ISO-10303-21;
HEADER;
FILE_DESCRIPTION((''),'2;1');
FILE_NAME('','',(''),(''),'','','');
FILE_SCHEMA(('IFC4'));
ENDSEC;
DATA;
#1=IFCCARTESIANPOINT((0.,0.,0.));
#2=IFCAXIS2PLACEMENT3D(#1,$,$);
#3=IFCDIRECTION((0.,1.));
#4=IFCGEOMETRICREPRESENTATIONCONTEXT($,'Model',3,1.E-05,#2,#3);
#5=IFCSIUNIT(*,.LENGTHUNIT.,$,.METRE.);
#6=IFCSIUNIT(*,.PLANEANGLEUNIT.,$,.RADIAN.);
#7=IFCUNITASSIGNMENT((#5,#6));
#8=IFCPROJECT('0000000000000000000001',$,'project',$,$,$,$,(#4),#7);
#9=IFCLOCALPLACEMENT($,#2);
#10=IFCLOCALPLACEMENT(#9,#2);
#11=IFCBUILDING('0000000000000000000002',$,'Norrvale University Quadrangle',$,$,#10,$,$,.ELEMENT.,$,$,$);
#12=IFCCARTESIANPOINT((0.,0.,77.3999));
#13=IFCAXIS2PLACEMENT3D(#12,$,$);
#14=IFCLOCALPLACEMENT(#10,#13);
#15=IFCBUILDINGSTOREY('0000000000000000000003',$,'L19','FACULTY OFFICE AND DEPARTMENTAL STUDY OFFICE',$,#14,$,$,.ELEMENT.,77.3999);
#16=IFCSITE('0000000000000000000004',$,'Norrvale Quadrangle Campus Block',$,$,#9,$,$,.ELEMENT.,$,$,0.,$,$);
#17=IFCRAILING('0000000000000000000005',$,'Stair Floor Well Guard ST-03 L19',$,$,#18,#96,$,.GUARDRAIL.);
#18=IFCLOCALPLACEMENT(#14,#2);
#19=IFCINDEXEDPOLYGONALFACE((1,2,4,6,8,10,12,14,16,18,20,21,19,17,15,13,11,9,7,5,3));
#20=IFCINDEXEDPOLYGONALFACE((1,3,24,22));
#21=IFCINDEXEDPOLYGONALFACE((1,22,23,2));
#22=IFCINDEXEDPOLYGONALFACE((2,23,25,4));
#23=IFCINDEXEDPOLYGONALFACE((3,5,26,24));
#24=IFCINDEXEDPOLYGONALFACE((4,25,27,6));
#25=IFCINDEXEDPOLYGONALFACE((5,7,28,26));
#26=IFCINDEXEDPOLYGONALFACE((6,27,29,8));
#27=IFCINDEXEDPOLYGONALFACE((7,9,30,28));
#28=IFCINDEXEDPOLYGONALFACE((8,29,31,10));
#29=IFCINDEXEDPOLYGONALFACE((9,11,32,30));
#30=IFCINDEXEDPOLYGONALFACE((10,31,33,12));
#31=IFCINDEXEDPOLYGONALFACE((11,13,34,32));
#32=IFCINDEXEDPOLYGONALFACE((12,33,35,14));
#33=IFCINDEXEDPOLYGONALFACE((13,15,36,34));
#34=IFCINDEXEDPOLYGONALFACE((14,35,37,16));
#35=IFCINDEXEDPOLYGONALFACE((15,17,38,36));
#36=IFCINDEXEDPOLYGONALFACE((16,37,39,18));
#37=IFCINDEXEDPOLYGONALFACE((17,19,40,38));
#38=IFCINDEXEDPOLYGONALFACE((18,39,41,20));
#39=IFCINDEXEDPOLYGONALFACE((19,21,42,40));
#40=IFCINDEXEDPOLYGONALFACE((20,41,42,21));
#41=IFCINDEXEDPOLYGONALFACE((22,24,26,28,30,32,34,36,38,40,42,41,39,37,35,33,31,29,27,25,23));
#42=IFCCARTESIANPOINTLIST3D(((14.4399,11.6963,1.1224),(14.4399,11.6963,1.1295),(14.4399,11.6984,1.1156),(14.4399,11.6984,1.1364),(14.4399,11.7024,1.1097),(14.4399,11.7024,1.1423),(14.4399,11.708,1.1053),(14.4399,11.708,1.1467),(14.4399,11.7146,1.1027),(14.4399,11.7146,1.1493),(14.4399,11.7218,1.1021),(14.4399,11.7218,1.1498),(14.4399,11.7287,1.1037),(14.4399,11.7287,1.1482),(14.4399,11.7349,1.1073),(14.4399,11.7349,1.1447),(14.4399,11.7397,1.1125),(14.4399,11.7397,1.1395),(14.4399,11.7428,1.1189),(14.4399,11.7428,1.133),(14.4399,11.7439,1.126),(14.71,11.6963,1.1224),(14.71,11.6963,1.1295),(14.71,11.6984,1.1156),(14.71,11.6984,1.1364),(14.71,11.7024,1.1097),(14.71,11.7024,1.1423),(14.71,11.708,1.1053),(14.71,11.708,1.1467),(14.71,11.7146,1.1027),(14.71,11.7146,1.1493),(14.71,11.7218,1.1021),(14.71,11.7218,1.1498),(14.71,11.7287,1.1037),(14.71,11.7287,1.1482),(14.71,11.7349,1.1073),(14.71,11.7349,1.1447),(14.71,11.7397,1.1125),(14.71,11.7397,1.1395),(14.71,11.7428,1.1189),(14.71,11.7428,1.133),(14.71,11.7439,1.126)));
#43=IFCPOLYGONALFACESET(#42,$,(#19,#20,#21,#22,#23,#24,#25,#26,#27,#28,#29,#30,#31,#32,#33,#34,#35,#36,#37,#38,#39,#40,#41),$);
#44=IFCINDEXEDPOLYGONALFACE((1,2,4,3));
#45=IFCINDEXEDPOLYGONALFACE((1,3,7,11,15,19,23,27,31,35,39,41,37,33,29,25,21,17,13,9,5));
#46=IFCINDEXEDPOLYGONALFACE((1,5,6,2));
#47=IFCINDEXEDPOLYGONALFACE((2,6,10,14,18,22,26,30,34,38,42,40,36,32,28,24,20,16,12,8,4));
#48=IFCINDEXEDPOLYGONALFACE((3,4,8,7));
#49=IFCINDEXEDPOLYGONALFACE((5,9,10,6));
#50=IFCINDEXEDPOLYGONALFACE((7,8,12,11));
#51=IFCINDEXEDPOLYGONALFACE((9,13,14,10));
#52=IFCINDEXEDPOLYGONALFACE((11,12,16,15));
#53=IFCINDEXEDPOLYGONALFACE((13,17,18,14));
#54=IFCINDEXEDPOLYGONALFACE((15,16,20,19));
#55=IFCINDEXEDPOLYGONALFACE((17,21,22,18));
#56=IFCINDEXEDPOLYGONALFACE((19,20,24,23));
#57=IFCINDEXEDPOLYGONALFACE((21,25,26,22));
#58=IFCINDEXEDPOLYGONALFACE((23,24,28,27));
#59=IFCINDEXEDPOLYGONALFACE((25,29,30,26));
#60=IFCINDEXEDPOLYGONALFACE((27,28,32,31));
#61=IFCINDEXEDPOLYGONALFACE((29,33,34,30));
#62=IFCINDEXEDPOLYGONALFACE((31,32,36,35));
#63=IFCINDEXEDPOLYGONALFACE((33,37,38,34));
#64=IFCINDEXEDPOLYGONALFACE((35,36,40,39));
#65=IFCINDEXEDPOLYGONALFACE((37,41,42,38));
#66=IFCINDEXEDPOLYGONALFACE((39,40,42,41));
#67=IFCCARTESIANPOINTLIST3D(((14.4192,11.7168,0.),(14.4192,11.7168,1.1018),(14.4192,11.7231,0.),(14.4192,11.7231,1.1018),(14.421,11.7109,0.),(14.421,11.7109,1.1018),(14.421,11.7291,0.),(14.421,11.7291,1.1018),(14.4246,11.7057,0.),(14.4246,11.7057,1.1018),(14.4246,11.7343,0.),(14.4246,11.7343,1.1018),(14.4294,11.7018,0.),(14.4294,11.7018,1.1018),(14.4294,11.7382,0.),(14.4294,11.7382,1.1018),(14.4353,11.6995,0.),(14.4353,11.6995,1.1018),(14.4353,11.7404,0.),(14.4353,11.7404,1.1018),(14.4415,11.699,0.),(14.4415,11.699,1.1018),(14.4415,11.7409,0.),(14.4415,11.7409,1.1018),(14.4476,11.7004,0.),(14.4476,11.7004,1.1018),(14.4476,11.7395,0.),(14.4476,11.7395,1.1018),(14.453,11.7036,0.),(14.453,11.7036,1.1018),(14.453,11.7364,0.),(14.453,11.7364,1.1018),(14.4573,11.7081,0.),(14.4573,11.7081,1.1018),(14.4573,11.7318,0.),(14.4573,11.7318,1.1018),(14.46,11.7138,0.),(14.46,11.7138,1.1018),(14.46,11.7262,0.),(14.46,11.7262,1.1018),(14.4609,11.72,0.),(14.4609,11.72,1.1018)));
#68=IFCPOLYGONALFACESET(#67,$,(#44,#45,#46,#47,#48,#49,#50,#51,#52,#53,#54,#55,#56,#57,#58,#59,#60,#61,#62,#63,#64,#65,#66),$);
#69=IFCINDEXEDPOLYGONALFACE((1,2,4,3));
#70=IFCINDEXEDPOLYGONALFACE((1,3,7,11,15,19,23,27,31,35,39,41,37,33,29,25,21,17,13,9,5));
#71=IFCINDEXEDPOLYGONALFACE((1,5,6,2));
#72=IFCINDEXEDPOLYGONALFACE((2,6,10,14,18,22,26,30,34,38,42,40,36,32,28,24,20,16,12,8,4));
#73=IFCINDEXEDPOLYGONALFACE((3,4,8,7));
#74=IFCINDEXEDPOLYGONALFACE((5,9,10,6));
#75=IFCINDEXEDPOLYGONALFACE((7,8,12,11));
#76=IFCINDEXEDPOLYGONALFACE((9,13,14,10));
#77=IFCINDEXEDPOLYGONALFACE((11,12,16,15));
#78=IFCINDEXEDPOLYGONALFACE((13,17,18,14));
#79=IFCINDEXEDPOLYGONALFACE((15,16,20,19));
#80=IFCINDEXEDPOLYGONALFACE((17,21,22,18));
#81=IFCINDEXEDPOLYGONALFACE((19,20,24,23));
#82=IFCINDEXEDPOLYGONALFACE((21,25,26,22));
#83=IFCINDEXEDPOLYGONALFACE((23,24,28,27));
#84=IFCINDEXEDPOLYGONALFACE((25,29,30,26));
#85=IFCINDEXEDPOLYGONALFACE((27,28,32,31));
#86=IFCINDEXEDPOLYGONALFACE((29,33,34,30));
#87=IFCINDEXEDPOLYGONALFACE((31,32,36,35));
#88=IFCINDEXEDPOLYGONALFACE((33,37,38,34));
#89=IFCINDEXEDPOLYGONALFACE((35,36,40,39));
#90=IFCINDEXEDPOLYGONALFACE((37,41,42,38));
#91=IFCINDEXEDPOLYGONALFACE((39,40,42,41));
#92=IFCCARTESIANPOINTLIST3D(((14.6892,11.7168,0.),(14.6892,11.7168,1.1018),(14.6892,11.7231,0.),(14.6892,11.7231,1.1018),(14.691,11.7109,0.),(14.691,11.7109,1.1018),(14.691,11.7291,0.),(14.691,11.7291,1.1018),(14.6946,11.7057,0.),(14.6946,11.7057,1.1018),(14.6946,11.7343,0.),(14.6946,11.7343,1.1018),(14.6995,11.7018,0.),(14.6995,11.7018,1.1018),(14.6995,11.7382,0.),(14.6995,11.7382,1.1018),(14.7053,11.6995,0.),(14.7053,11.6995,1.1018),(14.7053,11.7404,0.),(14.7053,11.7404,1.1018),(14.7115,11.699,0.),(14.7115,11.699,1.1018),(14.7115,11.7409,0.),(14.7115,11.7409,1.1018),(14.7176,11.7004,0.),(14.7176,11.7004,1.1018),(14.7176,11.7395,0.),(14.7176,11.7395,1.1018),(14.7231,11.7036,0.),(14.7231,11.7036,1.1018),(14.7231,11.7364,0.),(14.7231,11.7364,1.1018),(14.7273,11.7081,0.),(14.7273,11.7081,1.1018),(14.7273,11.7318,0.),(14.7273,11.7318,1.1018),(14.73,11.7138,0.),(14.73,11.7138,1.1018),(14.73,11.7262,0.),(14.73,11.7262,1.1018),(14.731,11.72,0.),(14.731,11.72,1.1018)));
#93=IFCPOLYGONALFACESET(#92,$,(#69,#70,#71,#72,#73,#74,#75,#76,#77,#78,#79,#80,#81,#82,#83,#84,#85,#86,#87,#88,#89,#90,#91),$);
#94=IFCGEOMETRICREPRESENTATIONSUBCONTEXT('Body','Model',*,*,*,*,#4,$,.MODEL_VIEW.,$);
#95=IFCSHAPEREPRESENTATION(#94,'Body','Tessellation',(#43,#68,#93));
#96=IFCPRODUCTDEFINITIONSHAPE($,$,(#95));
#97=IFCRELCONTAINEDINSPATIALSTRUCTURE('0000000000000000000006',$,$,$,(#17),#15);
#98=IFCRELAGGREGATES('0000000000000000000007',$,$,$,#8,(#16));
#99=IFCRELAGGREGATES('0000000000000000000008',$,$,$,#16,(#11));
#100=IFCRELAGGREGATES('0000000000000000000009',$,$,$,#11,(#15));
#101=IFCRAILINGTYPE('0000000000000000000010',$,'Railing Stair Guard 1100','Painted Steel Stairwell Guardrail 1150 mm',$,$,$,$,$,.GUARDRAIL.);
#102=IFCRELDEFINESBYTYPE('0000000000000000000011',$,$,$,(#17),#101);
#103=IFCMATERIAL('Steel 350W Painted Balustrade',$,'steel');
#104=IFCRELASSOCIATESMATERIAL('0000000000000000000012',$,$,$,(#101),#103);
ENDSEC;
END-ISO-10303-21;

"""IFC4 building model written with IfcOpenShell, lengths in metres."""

from ifc_helpers import new_model, si_unit, direction, frame, origin, origin_2d, place, context, subcontext, project, spatial, circle, extrude, material, type_object, element, save


model = new_model("IFC4")

# Units and contexts
model_context = context("Model", 3, precision=1e-05, world=origin(), true_north=direction((0.0, 1.0)))
body_context = subcontext(model_context, "Body", "Model", "MODEL_VIEW")
ifc_project = project(units=[si_unit("LENGTHUNIT", "METRE"), si_unit("PLANEANGLEUNIT", "RADIAN")], contexts=[model_context])

# Site, building, storey
site_placement = place(None, origin())
site = spatial("IfcSite", under=ifc_project, at=site_placement, Name="Norrvale Quadrangle Campus Block", CompositionType="ELEMENT", RefElevation=0.0)
building_placement = place(site_placement, origin())
building = spatial("IfcBuilding", under=site, at=building_placement, Name="Norrvale University Quadrangle", CompositionType="ELEMENT")
storey_placement = place(building_placement, frame((0.0, 0.0, 77.3999)))
storey = spatial("IfcBuildingStorey", under=building, at=storey_placement, Name="L19", Description="FACULTY OFFICE AND DEPARTMENTAL STUDY OFFICE", CompositionType="ELEMENT", Elevation=77.3999)

# Railing
ifc_material_1 = material(Name="Steel 350W Painted Balustrade", Category="steel")
railing_type = type_object("IfcRailingType", Name="Railing Stair Guard 1100", Description="Painted Steel Stairwell Guardrail 1150 mm", PredefinedType="GUARDRAIL", material=ifc_material_1)
railing_placement = place(storey_placement, frame((14.4399, 11.72, 0.0)))
element("IfcRailing", 1, at=railing_placement, inside=storey, type_object=railing_type, Name="Stair Floor Well Guard ST-03 L19", PredefinedType="GUARDRAIL", context=body_context, shape_type="SweptSolid", body=[
    extrude(circle(Radius=0.0239, at=origin_2d()), frame((0.0, 0.0, 1.126), z_axis=(1.0, 0.0, 0.0), x_axis=(0.0, 1.0, 0.0)), (0.0, 0.0, 1.0), 0.27),
    extrude(circle(Radius=0.021, at=origin_2d()), origin(), (0.0, 0.0, 1.0), 1.1018),
    extrude(circle(Radius=0.021, at=origin_2d()), frame((0.27, 0.0, 0.0)), (0.0, 0.0, 1.0), 1.1018),
])

save(model, "model.ifc")
